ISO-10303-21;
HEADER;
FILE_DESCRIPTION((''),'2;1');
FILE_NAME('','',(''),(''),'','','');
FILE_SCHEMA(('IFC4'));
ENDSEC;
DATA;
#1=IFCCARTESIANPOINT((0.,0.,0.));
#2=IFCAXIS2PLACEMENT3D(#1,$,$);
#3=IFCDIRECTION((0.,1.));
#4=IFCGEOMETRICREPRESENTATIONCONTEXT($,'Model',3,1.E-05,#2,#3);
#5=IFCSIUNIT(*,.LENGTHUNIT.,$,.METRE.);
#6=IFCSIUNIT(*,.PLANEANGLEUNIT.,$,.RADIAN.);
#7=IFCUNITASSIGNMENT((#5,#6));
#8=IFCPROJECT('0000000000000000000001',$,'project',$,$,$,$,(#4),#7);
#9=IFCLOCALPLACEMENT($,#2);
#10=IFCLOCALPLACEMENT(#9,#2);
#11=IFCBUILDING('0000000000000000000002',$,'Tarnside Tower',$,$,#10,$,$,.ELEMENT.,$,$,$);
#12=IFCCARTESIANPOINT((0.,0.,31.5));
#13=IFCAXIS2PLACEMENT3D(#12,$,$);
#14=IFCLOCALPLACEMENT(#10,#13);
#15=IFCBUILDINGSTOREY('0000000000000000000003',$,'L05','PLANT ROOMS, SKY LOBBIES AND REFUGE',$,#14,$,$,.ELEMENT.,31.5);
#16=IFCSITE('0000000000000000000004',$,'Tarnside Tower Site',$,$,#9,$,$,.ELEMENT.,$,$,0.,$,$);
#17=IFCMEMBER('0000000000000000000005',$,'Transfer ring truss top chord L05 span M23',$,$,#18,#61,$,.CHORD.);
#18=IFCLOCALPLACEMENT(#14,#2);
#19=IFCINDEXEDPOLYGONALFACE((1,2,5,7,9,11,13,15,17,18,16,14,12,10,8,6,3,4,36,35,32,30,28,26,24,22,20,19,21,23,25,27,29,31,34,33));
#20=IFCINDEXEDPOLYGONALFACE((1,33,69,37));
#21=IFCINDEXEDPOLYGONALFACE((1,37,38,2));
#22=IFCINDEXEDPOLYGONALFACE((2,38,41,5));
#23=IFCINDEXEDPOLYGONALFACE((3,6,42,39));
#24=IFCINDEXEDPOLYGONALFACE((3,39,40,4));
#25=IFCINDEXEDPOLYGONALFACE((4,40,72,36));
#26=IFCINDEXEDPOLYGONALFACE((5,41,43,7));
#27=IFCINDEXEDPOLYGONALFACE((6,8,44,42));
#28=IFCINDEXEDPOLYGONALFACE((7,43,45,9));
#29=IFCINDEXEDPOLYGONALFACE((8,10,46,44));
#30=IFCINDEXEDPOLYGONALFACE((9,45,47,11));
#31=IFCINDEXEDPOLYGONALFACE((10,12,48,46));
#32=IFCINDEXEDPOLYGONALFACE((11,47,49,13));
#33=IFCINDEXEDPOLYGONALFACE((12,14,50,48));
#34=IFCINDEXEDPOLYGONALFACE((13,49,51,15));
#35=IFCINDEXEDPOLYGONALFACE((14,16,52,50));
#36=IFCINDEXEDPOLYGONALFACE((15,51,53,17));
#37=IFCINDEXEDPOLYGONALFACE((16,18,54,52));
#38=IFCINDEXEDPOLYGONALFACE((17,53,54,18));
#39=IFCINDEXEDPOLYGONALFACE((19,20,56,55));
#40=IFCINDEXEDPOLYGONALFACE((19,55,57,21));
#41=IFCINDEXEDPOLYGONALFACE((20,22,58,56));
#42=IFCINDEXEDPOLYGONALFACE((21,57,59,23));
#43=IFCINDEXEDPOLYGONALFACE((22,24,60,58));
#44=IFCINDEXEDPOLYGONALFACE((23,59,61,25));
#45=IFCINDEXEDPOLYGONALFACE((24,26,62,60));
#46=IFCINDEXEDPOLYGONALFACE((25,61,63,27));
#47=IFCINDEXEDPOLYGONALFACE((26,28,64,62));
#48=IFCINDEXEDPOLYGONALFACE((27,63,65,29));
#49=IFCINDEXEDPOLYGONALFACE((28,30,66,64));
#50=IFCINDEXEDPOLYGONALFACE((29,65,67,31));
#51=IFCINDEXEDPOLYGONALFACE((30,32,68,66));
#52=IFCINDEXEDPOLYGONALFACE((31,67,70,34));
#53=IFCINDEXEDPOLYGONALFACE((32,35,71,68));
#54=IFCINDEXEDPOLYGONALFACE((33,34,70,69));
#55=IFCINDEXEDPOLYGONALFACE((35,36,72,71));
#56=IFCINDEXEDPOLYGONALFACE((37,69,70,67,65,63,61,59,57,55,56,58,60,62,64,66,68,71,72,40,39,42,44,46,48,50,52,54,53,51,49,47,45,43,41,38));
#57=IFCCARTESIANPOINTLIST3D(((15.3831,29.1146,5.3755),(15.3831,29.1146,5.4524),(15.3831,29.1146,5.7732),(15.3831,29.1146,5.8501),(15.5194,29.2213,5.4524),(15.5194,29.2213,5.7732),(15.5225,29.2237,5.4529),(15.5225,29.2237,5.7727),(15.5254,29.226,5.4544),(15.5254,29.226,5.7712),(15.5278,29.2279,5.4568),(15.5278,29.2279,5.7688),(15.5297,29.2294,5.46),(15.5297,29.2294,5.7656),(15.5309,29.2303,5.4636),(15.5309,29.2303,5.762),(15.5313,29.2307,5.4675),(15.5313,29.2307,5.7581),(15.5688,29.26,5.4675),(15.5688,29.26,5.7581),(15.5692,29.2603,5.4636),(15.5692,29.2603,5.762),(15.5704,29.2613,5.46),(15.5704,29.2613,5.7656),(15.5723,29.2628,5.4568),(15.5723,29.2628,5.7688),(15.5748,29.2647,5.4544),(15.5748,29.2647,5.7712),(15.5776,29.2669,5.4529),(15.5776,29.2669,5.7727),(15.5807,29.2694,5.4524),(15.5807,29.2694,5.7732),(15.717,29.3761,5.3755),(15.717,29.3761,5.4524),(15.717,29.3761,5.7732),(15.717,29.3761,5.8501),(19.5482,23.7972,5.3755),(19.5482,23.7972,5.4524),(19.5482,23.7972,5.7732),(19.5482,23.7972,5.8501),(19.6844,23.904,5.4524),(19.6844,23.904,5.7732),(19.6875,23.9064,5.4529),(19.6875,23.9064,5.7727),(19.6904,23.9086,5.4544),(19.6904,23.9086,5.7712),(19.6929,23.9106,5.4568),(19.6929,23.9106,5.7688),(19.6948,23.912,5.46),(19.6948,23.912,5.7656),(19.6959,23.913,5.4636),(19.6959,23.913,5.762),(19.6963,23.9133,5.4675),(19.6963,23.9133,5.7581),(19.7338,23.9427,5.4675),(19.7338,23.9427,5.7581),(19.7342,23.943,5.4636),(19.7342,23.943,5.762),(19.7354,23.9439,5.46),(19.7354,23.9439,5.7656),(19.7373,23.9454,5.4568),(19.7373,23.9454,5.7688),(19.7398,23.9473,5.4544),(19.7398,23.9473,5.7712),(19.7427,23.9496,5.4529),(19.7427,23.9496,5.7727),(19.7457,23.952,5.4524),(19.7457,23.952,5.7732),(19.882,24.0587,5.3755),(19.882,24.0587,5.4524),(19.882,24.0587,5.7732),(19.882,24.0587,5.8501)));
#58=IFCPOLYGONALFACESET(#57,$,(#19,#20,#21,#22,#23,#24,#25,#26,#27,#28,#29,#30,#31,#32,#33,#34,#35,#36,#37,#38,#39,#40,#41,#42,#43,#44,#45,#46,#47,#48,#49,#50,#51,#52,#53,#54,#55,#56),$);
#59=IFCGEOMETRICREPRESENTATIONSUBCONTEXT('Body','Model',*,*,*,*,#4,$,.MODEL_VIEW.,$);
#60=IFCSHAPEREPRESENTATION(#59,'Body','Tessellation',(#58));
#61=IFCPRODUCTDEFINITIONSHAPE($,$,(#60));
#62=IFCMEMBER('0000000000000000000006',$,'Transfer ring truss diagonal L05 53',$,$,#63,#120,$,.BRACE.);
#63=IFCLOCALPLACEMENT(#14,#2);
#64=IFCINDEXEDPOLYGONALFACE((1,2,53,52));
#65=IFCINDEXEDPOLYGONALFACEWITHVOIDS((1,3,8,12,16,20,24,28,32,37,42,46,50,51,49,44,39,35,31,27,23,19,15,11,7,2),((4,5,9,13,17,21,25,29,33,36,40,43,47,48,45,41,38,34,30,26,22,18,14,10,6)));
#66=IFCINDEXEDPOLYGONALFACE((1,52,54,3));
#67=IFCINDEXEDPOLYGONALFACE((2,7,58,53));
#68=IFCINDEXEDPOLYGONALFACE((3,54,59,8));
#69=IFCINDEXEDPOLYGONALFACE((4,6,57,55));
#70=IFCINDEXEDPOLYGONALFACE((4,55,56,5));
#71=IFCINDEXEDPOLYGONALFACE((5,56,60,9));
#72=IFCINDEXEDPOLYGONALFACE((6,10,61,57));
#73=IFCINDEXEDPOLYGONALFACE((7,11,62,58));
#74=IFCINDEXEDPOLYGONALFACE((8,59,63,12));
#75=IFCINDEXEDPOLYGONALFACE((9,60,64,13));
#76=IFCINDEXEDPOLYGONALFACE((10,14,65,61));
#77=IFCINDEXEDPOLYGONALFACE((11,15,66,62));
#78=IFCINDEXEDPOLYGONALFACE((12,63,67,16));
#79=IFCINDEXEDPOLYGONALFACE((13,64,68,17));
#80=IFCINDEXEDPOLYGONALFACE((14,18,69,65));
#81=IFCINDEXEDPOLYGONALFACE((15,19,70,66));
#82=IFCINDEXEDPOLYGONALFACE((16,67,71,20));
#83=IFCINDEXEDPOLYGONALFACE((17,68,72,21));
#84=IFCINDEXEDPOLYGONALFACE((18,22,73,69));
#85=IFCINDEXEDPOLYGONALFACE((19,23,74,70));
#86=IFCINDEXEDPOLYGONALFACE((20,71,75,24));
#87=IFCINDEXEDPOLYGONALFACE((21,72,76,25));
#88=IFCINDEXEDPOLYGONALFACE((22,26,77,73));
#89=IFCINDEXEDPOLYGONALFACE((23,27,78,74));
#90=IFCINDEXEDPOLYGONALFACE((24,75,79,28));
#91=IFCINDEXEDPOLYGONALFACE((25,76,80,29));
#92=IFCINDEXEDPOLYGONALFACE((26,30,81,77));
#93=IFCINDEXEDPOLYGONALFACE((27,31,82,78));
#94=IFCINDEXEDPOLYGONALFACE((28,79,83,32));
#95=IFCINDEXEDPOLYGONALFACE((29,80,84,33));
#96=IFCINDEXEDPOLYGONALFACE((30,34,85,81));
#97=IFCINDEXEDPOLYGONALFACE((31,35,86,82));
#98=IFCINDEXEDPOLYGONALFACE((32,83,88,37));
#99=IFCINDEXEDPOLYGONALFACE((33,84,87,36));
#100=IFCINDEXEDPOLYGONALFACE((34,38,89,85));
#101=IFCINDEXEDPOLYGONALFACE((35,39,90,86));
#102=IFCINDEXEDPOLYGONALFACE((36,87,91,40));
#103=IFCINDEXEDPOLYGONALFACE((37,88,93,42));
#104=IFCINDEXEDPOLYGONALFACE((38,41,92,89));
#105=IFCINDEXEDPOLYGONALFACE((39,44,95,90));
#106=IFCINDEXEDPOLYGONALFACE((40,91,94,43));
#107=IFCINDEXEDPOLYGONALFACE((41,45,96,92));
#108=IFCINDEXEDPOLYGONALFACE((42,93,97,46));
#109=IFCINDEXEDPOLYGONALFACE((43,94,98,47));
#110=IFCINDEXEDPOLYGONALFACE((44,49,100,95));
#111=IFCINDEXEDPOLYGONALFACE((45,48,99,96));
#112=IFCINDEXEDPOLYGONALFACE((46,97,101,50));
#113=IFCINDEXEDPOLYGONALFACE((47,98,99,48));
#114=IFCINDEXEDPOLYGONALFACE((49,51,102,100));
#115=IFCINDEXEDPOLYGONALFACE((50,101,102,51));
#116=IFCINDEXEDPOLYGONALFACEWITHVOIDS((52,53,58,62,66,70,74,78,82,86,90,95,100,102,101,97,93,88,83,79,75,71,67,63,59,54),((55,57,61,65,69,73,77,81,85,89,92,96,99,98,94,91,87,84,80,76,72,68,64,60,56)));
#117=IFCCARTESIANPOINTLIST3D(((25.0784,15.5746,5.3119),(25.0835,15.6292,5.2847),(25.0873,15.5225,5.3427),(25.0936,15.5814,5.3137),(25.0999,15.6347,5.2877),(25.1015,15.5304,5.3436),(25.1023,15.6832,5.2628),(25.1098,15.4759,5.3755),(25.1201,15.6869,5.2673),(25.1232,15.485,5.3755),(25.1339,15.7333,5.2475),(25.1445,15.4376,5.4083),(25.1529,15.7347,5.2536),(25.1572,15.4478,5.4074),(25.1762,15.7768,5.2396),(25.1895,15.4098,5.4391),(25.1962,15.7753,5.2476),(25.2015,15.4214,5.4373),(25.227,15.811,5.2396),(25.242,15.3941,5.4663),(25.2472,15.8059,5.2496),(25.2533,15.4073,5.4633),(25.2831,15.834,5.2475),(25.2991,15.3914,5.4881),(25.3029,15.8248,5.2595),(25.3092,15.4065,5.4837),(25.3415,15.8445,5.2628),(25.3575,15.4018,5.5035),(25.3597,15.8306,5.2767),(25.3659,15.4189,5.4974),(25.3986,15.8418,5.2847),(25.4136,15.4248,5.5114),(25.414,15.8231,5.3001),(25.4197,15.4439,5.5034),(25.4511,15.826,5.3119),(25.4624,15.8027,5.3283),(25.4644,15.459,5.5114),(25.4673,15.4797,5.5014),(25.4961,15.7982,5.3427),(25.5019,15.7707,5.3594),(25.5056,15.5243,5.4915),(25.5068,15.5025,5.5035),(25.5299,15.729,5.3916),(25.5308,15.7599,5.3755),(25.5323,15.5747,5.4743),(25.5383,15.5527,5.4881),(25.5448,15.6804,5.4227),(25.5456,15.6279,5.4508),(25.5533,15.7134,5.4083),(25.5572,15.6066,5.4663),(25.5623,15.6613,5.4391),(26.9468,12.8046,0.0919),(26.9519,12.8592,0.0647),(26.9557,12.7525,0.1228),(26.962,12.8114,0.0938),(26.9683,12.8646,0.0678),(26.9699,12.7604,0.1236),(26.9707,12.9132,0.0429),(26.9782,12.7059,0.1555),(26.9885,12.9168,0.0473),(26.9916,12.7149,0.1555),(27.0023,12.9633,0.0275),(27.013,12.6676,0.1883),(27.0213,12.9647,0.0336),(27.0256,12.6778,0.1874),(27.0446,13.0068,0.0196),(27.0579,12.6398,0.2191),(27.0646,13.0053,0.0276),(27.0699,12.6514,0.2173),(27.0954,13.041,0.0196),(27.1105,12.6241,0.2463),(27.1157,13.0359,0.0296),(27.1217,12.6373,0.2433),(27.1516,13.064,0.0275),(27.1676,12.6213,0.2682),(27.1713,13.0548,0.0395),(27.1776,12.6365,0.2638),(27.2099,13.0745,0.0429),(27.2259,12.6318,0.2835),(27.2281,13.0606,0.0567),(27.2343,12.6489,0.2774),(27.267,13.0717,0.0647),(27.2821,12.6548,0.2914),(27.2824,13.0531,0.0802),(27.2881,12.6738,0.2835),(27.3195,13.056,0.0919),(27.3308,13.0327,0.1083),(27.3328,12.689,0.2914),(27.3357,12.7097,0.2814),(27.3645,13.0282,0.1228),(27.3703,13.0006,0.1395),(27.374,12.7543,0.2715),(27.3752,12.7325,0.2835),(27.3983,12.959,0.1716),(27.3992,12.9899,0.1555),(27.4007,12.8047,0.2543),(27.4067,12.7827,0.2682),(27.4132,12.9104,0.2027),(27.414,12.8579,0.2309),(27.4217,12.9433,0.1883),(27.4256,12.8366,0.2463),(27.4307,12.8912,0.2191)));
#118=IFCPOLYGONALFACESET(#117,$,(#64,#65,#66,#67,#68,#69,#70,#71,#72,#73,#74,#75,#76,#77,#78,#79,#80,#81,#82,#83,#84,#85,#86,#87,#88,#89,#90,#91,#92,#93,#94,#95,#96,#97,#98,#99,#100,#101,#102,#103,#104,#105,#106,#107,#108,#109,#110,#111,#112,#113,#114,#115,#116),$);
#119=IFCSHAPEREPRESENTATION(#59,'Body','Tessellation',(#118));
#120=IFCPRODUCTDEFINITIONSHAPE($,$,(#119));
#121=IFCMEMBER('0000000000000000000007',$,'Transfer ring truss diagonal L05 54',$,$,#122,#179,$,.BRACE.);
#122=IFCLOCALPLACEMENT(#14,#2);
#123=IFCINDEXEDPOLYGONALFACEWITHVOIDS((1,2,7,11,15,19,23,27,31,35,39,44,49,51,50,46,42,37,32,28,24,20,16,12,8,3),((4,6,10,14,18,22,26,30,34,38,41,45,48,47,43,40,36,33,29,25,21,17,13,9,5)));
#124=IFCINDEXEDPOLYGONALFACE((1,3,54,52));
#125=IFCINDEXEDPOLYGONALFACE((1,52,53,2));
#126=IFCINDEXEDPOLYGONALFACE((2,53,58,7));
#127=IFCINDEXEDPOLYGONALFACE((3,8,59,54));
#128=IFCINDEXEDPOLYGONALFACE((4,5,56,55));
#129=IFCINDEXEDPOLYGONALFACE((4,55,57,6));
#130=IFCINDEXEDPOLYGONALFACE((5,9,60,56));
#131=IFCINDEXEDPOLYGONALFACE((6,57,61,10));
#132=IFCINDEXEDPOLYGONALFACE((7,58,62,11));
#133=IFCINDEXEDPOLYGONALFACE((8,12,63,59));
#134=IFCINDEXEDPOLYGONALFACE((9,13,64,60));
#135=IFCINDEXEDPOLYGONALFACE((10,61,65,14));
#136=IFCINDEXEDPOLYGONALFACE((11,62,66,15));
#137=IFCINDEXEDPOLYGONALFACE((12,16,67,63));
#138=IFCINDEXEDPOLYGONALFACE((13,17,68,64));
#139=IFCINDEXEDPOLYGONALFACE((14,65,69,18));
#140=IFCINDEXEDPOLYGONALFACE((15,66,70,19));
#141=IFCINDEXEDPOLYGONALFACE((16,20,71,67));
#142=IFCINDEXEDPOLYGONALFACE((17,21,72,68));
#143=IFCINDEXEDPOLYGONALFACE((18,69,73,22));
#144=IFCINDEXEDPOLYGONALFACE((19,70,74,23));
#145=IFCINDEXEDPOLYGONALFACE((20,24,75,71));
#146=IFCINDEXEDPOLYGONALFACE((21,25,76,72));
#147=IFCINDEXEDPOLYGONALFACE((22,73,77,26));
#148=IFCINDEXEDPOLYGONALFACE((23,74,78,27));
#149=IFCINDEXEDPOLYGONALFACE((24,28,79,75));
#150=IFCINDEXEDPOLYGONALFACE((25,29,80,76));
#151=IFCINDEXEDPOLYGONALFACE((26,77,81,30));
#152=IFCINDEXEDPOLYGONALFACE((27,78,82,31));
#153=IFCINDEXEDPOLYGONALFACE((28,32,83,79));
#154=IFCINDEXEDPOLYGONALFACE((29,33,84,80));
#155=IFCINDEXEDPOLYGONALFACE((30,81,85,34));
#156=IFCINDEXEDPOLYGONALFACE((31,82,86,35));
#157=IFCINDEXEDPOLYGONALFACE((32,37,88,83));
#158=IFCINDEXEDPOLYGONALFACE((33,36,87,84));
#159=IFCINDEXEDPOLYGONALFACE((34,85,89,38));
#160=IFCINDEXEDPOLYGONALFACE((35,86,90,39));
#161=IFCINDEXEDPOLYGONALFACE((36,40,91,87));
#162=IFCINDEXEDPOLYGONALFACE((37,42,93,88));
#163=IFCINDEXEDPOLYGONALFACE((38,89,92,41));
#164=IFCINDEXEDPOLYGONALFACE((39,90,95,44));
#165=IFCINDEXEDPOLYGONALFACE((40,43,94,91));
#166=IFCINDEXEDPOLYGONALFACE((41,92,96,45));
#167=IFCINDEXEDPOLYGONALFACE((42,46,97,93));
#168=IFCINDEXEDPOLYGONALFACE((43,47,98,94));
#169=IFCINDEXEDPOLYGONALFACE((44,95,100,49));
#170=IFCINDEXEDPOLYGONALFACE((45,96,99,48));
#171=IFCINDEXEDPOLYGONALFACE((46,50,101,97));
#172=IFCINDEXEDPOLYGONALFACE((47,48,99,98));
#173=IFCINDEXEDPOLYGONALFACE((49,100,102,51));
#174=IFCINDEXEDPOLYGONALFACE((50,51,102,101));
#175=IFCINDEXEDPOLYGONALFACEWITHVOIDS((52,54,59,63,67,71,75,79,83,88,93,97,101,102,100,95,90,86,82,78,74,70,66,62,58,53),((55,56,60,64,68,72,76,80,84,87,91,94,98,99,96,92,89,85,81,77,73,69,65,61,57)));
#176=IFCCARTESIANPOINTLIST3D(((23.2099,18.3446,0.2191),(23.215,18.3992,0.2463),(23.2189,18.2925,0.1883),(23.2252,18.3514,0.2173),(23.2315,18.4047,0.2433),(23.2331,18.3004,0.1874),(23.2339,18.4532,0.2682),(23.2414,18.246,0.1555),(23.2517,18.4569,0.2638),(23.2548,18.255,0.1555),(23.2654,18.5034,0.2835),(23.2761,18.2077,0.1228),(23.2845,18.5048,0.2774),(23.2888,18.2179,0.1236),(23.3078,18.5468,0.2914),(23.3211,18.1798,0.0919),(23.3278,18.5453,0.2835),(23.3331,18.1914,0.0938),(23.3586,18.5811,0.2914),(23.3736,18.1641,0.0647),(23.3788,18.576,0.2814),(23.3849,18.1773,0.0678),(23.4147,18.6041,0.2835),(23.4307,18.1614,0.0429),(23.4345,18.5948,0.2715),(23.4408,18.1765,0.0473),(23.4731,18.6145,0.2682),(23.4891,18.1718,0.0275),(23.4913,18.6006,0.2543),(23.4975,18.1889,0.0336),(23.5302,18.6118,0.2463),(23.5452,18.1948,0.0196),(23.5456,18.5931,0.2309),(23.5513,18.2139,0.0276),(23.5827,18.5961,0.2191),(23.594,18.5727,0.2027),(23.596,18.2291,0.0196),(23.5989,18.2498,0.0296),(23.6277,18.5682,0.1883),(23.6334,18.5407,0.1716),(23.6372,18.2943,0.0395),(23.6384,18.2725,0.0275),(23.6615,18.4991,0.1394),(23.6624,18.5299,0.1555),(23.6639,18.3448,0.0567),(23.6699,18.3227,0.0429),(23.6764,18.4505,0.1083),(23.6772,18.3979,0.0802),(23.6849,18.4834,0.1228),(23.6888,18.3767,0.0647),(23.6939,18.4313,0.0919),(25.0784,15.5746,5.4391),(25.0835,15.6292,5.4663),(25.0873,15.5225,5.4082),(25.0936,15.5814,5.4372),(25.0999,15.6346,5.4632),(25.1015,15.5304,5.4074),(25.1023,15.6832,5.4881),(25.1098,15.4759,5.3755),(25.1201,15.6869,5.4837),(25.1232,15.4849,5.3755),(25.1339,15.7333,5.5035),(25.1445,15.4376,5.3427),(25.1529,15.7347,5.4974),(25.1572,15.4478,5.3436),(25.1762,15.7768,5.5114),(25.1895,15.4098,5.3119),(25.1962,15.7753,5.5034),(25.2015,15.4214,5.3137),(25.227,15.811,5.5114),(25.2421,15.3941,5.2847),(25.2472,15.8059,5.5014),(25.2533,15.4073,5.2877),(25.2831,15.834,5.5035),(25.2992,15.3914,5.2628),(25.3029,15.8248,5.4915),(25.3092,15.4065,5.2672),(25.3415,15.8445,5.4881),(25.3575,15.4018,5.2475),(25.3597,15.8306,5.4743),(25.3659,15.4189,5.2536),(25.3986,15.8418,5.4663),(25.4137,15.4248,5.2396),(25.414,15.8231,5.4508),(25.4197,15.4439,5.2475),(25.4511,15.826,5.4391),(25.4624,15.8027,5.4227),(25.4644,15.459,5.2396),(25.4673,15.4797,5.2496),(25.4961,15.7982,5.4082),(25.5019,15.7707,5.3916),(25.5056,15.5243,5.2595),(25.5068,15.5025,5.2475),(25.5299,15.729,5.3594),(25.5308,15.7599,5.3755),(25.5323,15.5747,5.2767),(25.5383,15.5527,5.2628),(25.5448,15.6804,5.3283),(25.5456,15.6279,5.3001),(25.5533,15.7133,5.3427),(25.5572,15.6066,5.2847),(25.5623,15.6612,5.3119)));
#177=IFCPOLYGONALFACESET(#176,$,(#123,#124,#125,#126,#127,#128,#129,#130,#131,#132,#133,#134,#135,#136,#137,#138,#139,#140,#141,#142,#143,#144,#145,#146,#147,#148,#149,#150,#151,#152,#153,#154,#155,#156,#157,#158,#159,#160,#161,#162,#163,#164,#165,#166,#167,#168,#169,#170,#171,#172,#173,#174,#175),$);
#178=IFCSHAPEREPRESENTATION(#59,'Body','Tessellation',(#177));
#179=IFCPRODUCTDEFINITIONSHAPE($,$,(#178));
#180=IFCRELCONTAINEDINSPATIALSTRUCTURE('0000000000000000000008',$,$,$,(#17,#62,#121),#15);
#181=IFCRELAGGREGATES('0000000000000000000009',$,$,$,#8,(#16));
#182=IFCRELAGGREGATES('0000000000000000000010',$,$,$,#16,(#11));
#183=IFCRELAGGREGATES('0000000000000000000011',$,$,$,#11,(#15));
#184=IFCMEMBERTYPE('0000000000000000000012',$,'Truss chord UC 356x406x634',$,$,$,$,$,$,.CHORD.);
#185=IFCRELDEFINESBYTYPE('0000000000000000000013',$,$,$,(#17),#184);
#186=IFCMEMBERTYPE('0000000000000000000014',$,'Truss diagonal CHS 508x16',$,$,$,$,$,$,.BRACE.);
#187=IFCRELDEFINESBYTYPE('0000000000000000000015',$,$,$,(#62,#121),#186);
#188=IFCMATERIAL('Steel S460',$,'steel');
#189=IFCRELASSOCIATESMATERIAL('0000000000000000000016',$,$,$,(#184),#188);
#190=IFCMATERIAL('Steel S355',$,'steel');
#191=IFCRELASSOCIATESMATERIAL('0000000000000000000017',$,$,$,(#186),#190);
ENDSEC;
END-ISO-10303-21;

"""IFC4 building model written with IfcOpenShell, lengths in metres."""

from ifc_helpers import new_model, si_unit, direction, frame, origin, origin_2d, place, context, subcontext, project, spatial, hollow_circle, i_section, extrude, material, material_profile, profile_set, type_object, element, save


model = new_model("IFC4")

# Units and contexts
model_context = context("Model", 3, precision=1e-05, world=origin(), true_north=direction((0.0, 1.0)))
body_context = subcontext(model_context, "Body", "Model", "MODEL_VIEW")
ifc_project = project(units=[si_unit("LENGTHUNIT", "METRE"), si_unit("PLANEANGLEUNIT", "RADIAN")], contexts=[model_context])

# Site, building, storey
site_placement = place(None, origin())
site = spatial("IfcSite", under=ifc_project, at=site_placement, Name="Tarnside Tower Site", CompositionType="ELEMENT", RefElevation=0.0)
building_placement = place(site_placement, origin())
building = spatial("IfcBuilding", under=site, at=building_placement, Name="Tarnside Tower", CompositionType="ELEMENT")
storey_placement = place(building_placement, frame((0.0, 0.0, 31.5)))
storey = spatial("IfcBuildingStorey", under=building, at=storey_placement, Name="L05", Description="PLANT ROOMS, SKY LOBBIES AND REFUGE", CompositionType="ELEMENT", Elevation=31.5)

# Shared definitions
ifc_material_1 = material(Name="Steel S355", Category="steel")

# Members
ifc_material_2 = material(Name="Steel S460", Category="steel")
ifc_material_profile_1 = material_profile(ifc_material_2, i_section(OverallWidth=0.4241, OverallDepth=0.4746, WebThickness=0.0476, FlangeThickness=0.0769, FilletRadius=0.0151, at=origin_2d()), Name="UC 356x406x634")
ifc_profile_set_1 = profile_set([ifc_material_profile_1], Name="Steel S460")
member_type_1 = type_object("IfcMemberType", Name="Truss chord UC 356x406x634", PredefinedType="CHORD", material=ifc_profile_set_1)
member_1_placement = place(storey_placement, frame((19.7151, 23.928, 5.6128), z_axis=(-0.61664, 0.787246, 0.0), x_axis=(-0.787246, -0.61664, 0.0)))
element("IfcMember", 1, at=member_1_placement, inside=storey, type_object=member_type_1, Name="Transfer ring truss top chord L05 span M23", PredefinedType="CHORD", context=body_context, shape_type="SweptSolid", body=[
    extrude(i_section(OverallWidth=0.4241, OverallDepth=0.4746, WebThickness=0.0476, FlangeThickness=0.0769, FilletRadius=0.0151, at=origin_2d()), origin(), (0.0, 0.0, 1.0), 6.7544),
])
ifc_material_profile_2 = material_profile(ifc_material_1, hollow_circle(Radius=0.2539, WallThickness=0.0161, at=origin_2d()), Name="CHS 508x16")
ifc_profile_set_2 = profile_set([ifc_material_profile_2], Name="Steel S355")
member_type_2 = type_object("IfcMemberType", Name="Truss diagonal CHS 508x16", PredefinedType="BRACE", material=ifc_profile_set_2)
for number, where, z_axis, x_axis, name in (
    (2, (27.1887, 12.8479, 0.1555), (-0.301466, 0.44694, 0.842237), (-0.829037, -0.559194, 0.0), "Transfer ring truss diagonal L05 53"),
    (3, (25.3203, 15.6179, 5.3755), (-0.301466, 0.44694, -0.842237), (-0.829037, -0.559194, 0.0), "Transfer ring truss diagonal L05 54"),
):
    element("IfcMember", number, at=place(storey_placement, frame(where, z_axis=z_axis, x_axis=x_axis)), inside=storey, type_object=member_type_2, Name=name, PredefinedType="BRACE", context=body_context, shape_type="SweptSolid", body=[
        extrude(hollow_circle(Radius=0.2539, WallThickness=0.0161, at=origin_2d()), origin(), (0.0, 0.0, 1.0), 6.1978),
    ])

save(model, "model.ifc")
